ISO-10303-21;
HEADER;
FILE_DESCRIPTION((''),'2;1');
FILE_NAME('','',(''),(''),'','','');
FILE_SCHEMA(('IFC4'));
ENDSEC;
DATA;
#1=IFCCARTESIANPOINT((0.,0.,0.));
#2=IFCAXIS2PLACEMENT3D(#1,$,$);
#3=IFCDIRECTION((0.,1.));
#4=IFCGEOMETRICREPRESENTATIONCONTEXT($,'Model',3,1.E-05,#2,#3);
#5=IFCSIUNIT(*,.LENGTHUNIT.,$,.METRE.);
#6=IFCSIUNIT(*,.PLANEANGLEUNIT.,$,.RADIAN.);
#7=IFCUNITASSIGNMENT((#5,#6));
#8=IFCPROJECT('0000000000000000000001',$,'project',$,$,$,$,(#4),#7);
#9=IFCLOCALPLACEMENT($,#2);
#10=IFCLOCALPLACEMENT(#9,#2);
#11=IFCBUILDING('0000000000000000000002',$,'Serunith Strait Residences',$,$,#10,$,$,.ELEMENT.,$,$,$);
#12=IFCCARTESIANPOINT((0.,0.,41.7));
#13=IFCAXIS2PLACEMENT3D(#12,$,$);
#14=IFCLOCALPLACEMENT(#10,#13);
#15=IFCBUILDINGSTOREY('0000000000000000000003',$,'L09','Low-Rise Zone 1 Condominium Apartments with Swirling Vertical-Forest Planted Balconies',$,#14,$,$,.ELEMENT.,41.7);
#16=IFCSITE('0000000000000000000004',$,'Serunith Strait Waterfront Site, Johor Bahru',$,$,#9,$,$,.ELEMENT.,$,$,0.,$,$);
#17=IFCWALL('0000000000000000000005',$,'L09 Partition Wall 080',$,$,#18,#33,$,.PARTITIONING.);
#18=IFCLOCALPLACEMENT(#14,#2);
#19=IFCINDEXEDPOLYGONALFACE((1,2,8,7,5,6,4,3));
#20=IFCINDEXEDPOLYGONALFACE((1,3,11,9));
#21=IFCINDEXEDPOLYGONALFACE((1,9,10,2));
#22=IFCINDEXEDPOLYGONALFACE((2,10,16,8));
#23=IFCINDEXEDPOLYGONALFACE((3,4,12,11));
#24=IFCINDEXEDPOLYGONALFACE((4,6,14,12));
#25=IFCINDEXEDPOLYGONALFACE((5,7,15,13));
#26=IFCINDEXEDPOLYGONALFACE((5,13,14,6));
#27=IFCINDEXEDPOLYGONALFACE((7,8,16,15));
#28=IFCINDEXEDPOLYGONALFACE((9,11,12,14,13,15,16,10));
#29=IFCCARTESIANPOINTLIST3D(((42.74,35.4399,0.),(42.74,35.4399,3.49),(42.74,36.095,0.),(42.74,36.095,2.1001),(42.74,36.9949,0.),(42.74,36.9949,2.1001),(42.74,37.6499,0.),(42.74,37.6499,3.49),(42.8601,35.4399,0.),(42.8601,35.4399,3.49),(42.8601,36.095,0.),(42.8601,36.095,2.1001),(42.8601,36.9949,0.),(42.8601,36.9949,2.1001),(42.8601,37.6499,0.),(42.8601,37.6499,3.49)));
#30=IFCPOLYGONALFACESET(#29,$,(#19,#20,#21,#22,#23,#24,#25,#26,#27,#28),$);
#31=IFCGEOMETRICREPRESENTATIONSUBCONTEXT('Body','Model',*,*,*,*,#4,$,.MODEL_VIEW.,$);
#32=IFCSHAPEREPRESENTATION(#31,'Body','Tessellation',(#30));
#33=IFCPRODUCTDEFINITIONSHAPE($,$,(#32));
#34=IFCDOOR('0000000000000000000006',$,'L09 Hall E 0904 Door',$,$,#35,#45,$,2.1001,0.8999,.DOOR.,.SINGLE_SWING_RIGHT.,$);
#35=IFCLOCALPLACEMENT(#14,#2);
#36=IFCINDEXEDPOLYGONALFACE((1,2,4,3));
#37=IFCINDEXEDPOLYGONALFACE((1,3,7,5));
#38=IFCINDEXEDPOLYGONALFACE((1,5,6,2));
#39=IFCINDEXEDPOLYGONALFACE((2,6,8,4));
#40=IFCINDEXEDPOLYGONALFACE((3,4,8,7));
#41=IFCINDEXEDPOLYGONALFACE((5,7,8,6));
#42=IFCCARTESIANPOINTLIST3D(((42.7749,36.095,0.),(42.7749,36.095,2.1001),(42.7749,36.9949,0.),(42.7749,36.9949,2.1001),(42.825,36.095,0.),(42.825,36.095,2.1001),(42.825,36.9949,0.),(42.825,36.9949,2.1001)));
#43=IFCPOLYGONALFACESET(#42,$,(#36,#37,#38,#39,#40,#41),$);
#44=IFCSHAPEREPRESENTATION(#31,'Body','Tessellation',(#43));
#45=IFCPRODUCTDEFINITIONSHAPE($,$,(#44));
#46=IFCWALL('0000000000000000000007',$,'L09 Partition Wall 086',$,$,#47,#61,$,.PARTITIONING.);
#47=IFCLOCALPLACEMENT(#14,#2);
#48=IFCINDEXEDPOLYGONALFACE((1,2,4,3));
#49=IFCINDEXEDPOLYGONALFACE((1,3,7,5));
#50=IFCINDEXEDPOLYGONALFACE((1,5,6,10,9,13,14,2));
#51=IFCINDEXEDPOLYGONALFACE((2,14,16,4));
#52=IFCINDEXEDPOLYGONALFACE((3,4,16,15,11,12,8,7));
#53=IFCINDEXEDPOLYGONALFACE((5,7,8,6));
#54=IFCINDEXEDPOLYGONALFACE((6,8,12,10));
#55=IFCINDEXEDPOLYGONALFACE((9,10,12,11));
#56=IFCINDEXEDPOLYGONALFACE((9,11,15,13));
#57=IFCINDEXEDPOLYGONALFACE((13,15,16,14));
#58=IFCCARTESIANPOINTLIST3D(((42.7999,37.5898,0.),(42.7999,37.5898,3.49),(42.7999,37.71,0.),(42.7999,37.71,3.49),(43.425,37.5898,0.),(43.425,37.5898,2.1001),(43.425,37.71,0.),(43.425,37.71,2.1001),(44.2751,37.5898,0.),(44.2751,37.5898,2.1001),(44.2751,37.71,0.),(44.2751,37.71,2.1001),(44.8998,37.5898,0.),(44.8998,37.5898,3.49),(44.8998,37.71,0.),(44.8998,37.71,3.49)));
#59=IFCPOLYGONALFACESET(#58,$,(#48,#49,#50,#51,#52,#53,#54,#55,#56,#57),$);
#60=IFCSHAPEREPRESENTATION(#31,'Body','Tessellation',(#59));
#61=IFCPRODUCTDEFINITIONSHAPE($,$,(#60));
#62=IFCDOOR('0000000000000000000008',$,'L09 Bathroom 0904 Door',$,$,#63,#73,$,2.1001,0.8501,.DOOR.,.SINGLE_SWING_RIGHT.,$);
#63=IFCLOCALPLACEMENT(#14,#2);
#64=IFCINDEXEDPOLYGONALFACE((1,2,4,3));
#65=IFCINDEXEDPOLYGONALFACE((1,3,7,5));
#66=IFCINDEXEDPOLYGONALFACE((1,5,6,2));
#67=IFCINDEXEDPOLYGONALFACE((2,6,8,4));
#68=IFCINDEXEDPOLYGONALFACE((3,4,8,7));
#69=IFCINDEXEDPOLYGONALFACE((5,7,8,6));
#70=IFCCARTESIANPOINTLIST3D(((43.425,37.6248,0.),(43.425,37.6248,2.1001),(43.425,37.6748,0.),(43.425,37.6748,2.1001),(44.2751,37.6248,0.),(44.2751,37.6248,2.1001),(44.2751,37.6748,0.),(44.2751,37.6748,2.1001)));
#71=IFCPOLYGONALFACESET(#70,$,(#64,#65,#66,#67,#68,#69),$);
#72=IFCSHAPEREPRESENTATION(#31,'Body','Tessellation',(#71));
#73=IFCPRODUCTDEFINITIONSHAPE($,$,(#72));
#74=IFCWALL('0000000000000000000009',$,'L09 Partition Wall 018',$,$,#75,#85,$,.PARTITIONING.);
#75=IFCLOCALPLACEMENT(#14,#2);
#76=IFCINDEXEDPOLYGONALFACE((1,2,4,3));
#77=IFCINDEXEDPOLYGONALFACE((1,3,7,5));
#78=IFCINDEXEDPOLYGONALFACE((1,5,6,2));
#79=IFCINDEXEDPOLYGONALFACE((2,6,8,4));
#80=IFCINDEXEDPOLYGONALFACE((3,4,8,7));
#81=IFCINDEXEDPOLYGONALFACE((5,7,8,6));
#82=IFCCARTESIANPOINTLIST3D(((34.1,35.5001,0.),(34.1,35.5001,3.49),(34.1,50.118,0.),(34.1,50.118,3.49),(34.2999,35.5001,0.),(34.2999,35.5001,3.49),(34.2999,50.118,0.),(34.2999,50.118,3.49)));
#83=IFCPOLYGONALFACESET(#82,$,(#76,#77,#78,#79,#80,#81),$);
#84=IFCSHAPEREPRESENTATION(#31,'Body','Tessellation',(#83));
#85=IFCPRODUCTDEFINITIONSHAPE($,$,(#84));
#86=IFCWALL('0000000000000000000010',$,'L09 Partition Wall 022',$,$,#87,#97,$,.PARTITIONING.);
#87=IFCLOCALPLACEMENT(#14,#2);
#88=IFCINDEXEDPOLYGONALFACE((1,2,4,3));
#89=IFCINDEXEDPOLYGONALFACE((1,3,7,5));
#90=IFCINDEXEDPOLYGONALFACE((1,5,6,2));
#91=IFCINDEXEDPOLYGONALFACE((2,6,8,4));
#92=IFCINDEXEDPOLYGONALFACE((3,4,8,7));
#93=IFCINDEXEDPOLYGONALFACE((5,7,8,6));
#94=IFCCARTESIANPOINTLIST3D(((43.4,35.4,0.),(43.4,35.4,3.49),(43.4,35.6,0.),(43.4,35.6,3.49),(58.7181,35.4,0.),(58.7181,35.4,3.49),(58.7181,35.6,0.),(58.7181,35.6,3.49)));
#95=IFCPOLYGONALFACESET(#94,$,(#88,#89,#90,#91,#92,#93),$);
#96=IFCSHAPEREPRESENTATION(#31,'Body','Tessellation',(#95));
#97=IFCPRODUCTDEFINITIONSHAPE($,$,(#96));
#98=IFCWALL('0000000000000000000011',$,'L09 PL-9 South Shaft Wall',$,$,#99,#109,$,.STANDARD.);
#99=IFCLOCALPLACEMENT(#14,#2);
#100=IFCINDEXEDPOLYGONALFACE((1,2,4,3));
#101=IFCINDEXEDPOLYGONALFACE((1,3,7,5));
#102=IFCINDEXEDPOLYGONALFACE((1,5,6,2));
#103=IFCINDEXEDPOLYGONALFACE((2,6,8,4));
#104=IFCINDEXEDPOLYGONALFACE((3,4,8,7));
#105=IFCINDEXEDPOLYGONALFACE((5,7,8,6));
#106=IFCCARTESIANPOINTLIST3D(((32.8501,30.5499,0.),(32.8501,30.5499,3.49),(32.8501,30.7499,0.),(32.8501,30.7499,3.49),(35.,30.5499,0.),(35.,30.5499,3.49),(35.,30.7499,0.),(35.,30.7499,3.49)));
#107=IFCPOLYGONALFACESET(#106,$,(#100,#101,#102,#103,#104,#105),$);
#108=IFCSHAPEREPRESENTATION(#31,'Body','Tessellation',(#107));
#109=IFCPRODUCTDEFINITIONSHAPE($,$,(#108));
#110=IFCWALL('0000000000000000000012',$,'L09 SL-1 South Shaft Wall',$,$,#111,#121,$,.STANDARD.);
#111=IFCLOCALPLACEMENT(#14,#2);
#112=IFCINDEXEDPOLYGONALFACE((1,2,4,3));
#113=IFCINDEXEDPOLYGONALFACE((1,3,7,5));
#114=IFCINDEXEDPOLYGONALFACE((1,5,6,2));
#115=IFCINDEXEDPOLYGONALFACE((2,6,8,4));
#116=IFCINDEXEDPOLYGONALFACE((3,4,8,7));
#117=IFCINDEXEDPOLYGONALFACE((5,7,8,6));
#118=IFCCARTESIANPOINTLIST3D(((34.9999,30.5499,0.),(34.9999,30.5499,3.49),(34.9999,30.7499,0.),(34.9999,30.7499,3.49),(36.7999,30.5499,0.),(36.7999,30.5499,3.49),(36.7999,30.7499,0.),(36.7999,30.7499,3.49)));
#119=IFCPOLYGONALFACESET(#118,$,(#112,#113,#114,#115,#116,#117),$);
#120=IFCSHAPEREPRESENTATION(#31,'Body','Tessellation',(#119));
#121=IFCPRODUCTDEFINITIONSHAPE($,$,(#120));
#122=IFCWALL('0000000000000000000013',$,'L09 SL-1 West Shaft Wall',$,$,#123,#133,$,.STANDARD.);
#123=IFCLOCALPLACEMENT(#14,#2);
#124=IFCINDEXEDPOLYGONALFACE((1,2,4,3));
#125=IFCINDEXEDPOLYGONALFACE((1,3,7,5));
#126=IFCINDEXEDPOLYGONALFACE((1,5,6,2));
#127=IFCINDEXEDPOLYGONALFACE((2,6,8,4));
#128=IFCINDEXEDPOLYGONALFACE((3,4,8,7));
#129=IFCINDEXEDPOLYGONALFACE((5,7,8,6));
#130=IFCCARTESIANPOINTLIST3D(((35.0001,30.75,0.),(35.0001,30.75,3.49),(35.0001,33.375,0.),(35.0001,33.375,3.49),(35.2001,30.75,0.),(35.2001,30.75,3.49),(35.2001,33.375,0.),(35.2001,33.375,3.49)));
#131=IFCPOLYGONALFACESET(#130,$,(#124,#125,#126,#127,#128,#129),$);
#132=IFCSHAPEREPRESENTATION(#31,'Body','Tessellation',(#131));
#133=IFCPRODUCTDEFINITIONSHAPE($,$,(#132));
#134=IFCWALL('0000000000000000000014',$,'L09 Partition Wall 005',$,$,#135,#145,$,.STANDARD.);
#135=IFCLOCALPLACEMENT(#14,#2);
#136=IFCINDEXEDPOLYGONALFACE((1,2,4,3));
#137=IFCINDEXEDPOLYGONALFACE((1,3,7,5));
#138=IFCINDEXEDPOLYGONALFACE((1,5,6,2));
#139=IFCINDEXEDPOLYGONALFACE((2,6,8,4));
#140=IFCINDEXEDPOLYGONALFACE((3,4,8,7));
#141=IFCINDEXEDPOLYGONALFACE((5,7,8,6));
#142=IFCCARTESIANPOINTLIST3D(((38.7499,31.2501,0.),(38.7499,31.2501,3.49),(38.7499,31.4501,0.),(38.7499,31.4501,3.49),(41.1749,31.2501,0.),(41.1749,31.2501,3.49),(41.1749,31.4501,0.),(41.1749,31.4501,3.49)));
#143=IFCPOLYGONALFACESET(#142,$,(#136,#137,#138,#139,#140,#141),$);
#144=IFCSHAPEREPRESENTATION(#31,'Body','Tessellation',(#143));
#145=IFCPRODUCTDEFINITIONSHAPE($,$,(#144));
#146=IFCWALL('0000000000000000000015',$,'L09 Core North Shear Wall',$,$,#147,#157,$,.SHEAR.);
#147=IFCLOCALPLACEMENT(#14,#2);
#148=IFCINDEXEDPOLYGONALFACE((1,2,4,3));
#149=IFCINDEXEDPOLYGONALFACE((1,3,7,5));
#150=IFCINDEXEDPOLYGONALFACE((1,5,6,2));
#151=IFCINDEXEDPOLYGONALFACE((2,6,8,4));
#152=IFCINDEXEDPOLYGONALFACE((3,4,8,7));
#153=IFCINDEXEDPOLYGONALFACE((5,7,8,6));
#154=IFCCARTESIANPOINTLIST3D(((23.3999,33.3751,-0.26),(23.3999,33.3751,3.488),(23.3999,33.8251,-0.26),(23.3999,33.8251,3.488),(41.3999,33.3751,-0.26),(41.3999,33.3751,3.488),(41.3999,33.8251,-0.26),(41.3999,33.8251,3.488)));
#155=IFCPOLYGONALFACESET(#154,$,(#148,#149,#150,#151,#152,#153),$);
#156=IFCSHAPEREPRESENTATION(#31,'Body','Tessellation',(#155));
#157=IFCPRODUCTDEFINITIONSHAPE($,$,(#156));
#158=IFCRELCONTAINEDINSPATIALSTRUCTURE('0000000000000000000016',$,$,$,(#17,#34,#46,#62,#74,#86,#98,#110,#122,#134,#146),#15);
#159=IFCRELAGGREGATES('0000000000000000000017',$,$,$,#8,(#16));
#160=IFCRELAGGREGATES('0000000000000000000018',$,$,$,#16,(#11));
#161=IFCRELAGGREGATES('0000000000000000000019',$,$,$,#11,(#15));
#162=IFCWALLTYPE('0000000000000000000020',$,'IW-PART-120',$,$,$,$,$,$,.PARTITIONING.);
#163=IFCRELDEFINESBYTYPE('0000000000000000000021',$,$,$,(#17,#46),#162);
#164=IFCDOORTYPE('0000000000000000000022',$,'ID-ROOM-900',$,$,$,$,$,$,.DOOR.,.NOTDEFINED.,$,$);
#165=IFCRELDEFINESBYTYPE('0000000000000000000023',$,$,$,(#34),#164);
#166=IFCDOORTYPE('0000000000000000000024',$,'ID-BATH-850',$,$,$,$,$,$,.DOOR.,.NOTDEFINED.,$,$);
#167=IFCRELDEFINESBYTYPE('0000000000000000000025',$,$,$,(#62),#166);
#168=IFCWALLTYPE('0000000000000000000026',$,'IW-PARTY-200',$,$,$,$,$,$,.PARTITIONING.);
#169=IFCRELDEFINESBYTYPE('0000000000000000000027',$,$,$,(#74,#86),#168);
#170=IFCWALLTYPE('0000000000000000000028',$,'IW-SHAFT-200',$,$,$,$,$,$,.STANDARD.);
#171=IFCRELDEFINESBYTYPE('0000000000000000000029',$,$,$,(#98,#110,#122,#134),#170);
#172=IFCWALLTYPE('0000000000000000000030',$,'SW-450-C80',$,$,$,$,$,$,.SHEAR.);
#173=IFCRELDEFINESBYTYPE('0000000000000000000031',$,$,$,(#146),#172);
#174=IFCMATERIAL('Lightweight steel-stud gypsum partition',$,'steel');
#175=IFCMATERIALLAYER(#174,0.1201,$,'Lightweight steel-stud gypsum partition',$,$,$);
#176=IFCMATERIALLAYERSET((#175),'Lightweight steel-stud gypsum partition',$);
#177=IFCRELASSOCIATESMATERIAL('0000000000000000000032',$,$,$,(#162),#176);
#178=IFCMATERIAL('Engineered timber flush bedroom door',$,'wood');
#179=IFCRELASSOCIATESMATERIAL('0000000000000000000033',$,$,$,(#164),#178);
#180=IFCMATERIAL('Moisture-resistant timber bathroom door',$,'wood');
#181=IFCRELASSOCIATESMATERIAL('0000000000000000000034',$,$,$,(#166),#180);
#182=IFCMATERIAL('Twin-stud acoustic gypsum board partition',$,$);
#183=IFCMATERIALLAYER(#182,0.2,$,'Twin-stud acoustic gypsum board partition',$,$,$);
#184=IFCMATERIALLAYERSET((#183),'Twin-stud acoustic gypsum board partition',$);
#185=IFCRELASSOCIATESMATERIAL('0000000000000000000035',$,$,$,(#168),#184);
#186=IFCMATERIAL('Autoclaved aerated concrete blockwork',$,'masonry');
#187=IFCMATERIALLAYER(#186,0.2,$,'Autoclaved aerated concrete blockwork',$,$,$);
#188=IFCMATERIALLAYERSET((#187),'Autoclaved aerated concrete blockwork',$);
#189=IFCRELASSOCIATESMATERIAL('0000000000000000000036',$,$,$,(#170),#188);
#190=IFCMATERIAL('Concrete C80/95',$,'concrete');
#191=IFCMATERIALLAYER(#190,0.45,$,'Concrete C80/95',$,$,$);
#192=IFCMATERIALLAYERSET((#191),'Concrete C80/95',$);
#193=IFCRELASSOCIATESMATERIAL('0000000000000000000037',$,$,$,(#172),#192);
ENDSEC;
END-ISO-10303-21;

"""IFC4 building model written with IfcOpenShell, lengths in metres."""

from ifc_helpers import new_model, si_unit, direction, frame, frame_2d, origin, place, context, subcontext, project, spatial, rectangle, extrude, source, transform, mapped, material, layer, layer_set, type_object, element, fill, save


model = new_model("IFC4")

# Units and contexts
model_context = context("Model", 3, precision=1e-05, world=origin(), true_north=direction((0.0, 1.0)))
body_context = subcontext(model_context, "Body", "Model", "MODEL_VIEW")
ifc_project = project(units=[si_unit("LENGTHUNIT", "METRE"), si_unit("PLANEANGLEUNIT", "RADIAN")], contexts=[model_context])

# Site, building, storey
site_placement = place(None, origin())
site = spatial("IfcSite", under=ifc_project, at=site_placement, Name="Serunith Strait Waterfront Site, Johor Bahru", CompositionType="ELEMENT", RefElevation=0.0)
building_placement = place(site_placement, origin())
building = spatial("IfcBuilding", under=site, at=building_placement, Name="Serunith Strait Residences", CompositionType="ELEMENT")
storey_placement = place(building_placement, frame((0.0, 0.0, 41.7)))
storey = spatial("IfcBuildingStorey", under=building, at=storey_placement, Name="L09", Description="Low-Rise Zone 1 Condominium Apartments with Swirling Vertical-Forest Planted Balconies", CompositionType="ELEMENT", Elevation=41.7)

# Walls, openings, doors
shared_shape_1 = source(origin(), body_context, "Body", "SweptSolid", [
    extrude(rectangle(XDim=0.8501, YDim=2.1001, at=frame_2d((0.425, 1.05))), frame((0.0, 0.0249, 0.0), z_axis=(0.0, -1.0, 0.0), x_axis=(1.0, 0.0, 0.0)), (0.0, 0.0, 1.0), 0.05),
])
ifc_material_1 = material(Name="Lightweight steel-stud gypsum partition", Category="steel")
ifc_layer_1 = layer(ifc_material_1, 0.1201, Name="Lightweight steel-stud gypsum partition")
ifc_layer_set_1 = layer_set([ifc_layer_1], Name="Lightweight steel-stud gypsum partition")
wall_type_1 = type_object("IfcWallType", Name="IW-PART-120", PredefinedType="PARTITIONING", material=ifc_layer_set_1)
wall_1_placement = place(storey_placement, frame((42.8, 37.6499, 0.0), z_axis=(0.0, 0.0, 1.0), x_axis=(0.0, -1.0, 0.0)))
wall_1 = element("IfcWall", 1, at=wall_1_placement, inside=storey, type_object=wall_type_1, Name="L09 Partition Wall 080", PredefinedType="PARTITIONING", context=body_context, shape_type="SweptSolid", body=[
    extrude(rectangle(XDim=2.21, YDim=0.1201, at=frame_2d((1.105, 0.0))), origin(), (0.0, 0.0, 1.0), 3.49),
])
opening_1_placement = place(wall_1_placement, frame((0.655, 0.0, 0.0)))
opening_1 = element("IfcOpeningElement", 2, at=opening_1_placement, cuts=wall_1, PredefinedType="OPENING", context=body_context, shape_type="SweptSolid", body=[
    extrude(rectangle(XDim=0.8999, YDim=2.1001, at=frame_2d((0.45, 1.05))), frame((0.0, 0.0701, 0.0), z_axis=(0.0, -1.0, 0.0), x_axis=(1.0, 0.0, 0.0)), (0.0, 0.0, 1.0), 0.1401),
])
ifc_material_2 = material(Name="Engineered timber flush bedroom door", Category="wood")
door_type_1 = type_object("IfcDoorType", Name="ID-ROOM-900", OperationType="NOTDEFINED", PredefinedType="DOOR", material=ifc_material_2)
shared_shape_2 = source(origin(), body_context, "Body", "SweptSolid", [
    extrude(rectangle(XDim=0.8999, YDim=2.1001, at=frame_2d((0.45, 1.05))), frame((0.0, 0.0249, 0.0), z_axis=(0.0, -1.0, 0.0), x_axis=(1.0, 0.0, 0.0)), (0.0, 0.0, 1.0), 0.05),
])
door_1_placement = place(opening_1_placement, origin())
door_1 = element("IfcDoor", 3, at=door_1_placement, inside=storey, type_object=door_type_1, Name="L09 Hall E 0904 Door", OperationType="SINGLE_SWING_RIGHT", OverallHeight=2.1001, OverallWidth=0.8999, PredefinedType="DOOR", context=body_context, shape_type="MappedRepresentation", body=[
    mapped(shared_shape_2, transform((0.0, 0.0, 0.0), scale=1.0)),
])
fill(opening_1, door_1)
wall_2_placement = place(storey_placement, frame((42.8, 37.6499, 0.0), z_axis=(0.0, 0.0, 1.0), x_axis=(1.0, 0.0, 0.0)))
wall_2 = element("IfcWall", 4, at=wall_2_placement, inside=storey, type_object=wall_type_1, Name="L09 Partition Wall 086", PredefinedType="PARTITIONING", context=body_context, shape_type="SweptSolid", body=[
    extrude(rectangle(XDim=2.0999, YDim=0.1201, at=frame_2d((1.0498, 0.0))), origin(), (0.0, 0.0, 1.0), 3.49),
])
opening_2_placement = place(wall_2_placement, frame((0.625, 0.0, 0.0)))
opening_2 = element("IfcOpeningElement", 5, at=opening_2_placement, cuts=wall_2, PredefinedType="OPENING", context=body_context, shape_type="SweptSolid", body=[
    extrude(rectangle(XDim=0.8501, YDim=2.1001, at=frame_2d((0.425, 1.05))), frame((0.0, 0.0701, 0.0), z_axis=(0.0, -1.0, 0.0), x_axis=(1.0, 0.0, 0.0)), (0.0, 0.0, 1.0), 0.1401),
])
ifc_material_3 = material(Name="Moisture-resistant timber bathroom door", Category="wood")
door_type_2 = type_object("IfcDoorType", Name="ID-BATH-850", OperationType="NOTDEFINED", PredefinedType="DOOR", material=ifc_material_3)
door_2_placement = place(opening_2_placement, origin())
door_2 = element("IfcDoor", 6, at=door_2_placement, inside=storey, type_object=door_type_2, Name="L09 Bathroom 0904 Door", OperationType="SINGLE_SWING_RIGHT", OverallHeight=2.1001, OverallWidth=0.8501, PredefinedType="DOOR", context=body_context, shape_type="MappedRepresentation", body=[
    mapped(shared_shape_1, transform((0.0, 0.0, 0.0), scale=1.0)),
])
fill(opening_2, door_2)

# Walls
ifc_material_4 = material(Name="Twin-stud acoustic gypsum board partition")
ifc_layer_2 = layer(ifc_material_4, 0.2, Name="Twin-stud acoustic gypsum board partition")
ifc_layer_set_2 = layer_set([ifc_layer_2], Name="Twin-stud acoustic gypsum board partition")
wall_type_2 = type_object("IfcWallType", Name="IW-PARTY-200", PredefinedType="PARTITIONING", material=ifc_layer_set_2)
wall_3_placement = place(storey_placement, frame((34.2, 35.5, 0.0), z_axis=(0.0, 0.0, 1.0), x_axis=(0.0, 1.0, 0.0)))
element("IfcWall", 7, at=wall_3_placement, inside=storey, type_object=wall_type_2, Name="L09 Partition Wall 018", PredefinedType="PARTITIONING", context=body_context, shape_type="SweptSolid", body=[
    extrude(rectangle(XDim=14.6179, YDim=0.2, at=frame_2d((7.3091, 0.0))), origin(), (0.0, 0.0, 1.0), 3.49),
])
wall_4_placement = place(storey_placement, frame((43.3999, 35.5, 0.0), z_axis=(0.0, 0.0, 1.0), x_axis=(1.0, 0.0, 0.0)))
element("IfcWall", 8, at=wall_4_placement, inside=storey, type_object=wall_type_2, Name="L09 Partition Wall 022", PredefinedType="PARTITIONING", context=body_context, shape_type="SweptSolid", body=[
    extrude(rectangle(XDim=15.3181, YDim=0.2, at=frame_2d((7.6592, 0.0))), origin(), (0.0, 0.0, 1.0), 3.49),
])
ifc_material_5 = material(Name="Autoclaved aerated concrete blockwork", Category="masonry")
ifc_layer_3 = layer(ifc_material_5, 0.2, Name="Autoclaved aerated concrete blockwork")
ifc_layer_set_3 = layer_set([ifc_layer_3], Name="Autoclaved aerated concrete blockwork")
wall_type_3 = type_object("IfcWallType", Name="IW-SHAFT-200", PredefinedType="STANDARD", material=ifc_layer_set_3)
wall_5_placement = place(storey_placement, frame((32.8501, 30.6499, 0.0), z_axis=(0.0, 0.0, 1.0), x_axis=(1.0, 0.0, 0.0)))
element("IfcWall", 9, at=wall_5_placement, inside=storey, type_object=wall_type_3, Name="L09 PL-9 South Shaft Wall", PredefinedType="STANDARD", context=body_context, shape_type="SweptSolid", body=[
    extrude(rectangle(XDim=2.1499, YDim=0.2, at=frame_2d((1.075, 0.0))), origin(), (0.0, 0.0, 1.0), 3.49),
])
wall_6_placement = place(storey_placement, frame((35.0, 30.6499, 0.0), z_axis=(0.0, 0.0, 1.0), x_axis=(1.0, 0.0, 0.0)))
element("IfcWall", 10, at=wall_6_placement, inside=storey, type_object=wall_type_3, Name="L09 SL-1 South Shaft Wall", PredefinedType="STANDARD", context=body_context, shape_type="SweptSolid", body=[
    extrude(rectangle(XDim=1.8, YDim=0.2, at=frame_2d((0.8999, 0.0))), origin(), (0.0, 0.0, 1.0), 3.49),
])
wall_7_placement = place(storey_placement, frame((35.1001, 30.75, 0.0), z_axis=(0.0, 0.0, 1.0), x_axis=(0.0, 1.0, 0.0)))
element("IfcWall", 11, at=wall_7_placement, inside=storey, type_object=wall_type_3, Name="L09 SL-1 West Shaft Wall", PredefinedType="STANDARD", context=body_context, shape_type="SweptSolid", body=[
    extrude(rectangle(XDim=2.625, YDim=0.2, at=frame_2d((1.3125, 0.0))), origin(), (0.0, 0.0, 1.0), 3.49),
])
wall_8_placement = place(storey_placement, frame((38.75, 31.3501, 0.0), z_axis=(0.0, 0.0, 1.0), x_axis=(1.0, 0.0, 0.0)))
element("IfcWall", 12, at=wall_8_placement, inside=storey, type_object=wall_type_3, Name="L09 Partition Wall 005", PredefinedType="STANDARD", context=body_context, shape_type="SweptSolid", body=[
    extrude(rectangle(XDim=2.425, YDim=0.2, at=frame_2d((1.2124, 0.0))), origin(), (0.0, 0.0, 1.0), 3.49),
])
ifc_material_6 = material(Name="Concrete C80/95", Category="concrete")
ifc_layer_4 = layer(ifc_material_6, 0.45, Name="Concrete C80/95")
ifc_layer_set_4 = layer_set([ifc_layer_4], Name="Concrete C80/95")
wall_type_4 = type_object("IfcWallType", Name="SW-450-C80", PredefinedType="SHEAR", material=ifc_layer_set_4)
wall_9_placement = place(storey_placement, frame((41.3999, 33.6001, -0.26), z_axis=(0.0, 0.0, 1.0), x_axis=(-1.0, 0.0, 0.0)))
element("IfcWall", 13, at=wall_9_placement, inside=storey, type_object=wall_type_4, Name="L09 Core North Shear Wall", PredefinedType="SHEAR", context=body_context, shape_type="SweptSolid", body=[
    extrude(rectangle(XDim=18.0, YDim=0.45, at=frame_2d((9.0, 0.0))), origin(), (0.0, 0.0, 1.0), 3.748),
])

save(model, "model.ifc")
